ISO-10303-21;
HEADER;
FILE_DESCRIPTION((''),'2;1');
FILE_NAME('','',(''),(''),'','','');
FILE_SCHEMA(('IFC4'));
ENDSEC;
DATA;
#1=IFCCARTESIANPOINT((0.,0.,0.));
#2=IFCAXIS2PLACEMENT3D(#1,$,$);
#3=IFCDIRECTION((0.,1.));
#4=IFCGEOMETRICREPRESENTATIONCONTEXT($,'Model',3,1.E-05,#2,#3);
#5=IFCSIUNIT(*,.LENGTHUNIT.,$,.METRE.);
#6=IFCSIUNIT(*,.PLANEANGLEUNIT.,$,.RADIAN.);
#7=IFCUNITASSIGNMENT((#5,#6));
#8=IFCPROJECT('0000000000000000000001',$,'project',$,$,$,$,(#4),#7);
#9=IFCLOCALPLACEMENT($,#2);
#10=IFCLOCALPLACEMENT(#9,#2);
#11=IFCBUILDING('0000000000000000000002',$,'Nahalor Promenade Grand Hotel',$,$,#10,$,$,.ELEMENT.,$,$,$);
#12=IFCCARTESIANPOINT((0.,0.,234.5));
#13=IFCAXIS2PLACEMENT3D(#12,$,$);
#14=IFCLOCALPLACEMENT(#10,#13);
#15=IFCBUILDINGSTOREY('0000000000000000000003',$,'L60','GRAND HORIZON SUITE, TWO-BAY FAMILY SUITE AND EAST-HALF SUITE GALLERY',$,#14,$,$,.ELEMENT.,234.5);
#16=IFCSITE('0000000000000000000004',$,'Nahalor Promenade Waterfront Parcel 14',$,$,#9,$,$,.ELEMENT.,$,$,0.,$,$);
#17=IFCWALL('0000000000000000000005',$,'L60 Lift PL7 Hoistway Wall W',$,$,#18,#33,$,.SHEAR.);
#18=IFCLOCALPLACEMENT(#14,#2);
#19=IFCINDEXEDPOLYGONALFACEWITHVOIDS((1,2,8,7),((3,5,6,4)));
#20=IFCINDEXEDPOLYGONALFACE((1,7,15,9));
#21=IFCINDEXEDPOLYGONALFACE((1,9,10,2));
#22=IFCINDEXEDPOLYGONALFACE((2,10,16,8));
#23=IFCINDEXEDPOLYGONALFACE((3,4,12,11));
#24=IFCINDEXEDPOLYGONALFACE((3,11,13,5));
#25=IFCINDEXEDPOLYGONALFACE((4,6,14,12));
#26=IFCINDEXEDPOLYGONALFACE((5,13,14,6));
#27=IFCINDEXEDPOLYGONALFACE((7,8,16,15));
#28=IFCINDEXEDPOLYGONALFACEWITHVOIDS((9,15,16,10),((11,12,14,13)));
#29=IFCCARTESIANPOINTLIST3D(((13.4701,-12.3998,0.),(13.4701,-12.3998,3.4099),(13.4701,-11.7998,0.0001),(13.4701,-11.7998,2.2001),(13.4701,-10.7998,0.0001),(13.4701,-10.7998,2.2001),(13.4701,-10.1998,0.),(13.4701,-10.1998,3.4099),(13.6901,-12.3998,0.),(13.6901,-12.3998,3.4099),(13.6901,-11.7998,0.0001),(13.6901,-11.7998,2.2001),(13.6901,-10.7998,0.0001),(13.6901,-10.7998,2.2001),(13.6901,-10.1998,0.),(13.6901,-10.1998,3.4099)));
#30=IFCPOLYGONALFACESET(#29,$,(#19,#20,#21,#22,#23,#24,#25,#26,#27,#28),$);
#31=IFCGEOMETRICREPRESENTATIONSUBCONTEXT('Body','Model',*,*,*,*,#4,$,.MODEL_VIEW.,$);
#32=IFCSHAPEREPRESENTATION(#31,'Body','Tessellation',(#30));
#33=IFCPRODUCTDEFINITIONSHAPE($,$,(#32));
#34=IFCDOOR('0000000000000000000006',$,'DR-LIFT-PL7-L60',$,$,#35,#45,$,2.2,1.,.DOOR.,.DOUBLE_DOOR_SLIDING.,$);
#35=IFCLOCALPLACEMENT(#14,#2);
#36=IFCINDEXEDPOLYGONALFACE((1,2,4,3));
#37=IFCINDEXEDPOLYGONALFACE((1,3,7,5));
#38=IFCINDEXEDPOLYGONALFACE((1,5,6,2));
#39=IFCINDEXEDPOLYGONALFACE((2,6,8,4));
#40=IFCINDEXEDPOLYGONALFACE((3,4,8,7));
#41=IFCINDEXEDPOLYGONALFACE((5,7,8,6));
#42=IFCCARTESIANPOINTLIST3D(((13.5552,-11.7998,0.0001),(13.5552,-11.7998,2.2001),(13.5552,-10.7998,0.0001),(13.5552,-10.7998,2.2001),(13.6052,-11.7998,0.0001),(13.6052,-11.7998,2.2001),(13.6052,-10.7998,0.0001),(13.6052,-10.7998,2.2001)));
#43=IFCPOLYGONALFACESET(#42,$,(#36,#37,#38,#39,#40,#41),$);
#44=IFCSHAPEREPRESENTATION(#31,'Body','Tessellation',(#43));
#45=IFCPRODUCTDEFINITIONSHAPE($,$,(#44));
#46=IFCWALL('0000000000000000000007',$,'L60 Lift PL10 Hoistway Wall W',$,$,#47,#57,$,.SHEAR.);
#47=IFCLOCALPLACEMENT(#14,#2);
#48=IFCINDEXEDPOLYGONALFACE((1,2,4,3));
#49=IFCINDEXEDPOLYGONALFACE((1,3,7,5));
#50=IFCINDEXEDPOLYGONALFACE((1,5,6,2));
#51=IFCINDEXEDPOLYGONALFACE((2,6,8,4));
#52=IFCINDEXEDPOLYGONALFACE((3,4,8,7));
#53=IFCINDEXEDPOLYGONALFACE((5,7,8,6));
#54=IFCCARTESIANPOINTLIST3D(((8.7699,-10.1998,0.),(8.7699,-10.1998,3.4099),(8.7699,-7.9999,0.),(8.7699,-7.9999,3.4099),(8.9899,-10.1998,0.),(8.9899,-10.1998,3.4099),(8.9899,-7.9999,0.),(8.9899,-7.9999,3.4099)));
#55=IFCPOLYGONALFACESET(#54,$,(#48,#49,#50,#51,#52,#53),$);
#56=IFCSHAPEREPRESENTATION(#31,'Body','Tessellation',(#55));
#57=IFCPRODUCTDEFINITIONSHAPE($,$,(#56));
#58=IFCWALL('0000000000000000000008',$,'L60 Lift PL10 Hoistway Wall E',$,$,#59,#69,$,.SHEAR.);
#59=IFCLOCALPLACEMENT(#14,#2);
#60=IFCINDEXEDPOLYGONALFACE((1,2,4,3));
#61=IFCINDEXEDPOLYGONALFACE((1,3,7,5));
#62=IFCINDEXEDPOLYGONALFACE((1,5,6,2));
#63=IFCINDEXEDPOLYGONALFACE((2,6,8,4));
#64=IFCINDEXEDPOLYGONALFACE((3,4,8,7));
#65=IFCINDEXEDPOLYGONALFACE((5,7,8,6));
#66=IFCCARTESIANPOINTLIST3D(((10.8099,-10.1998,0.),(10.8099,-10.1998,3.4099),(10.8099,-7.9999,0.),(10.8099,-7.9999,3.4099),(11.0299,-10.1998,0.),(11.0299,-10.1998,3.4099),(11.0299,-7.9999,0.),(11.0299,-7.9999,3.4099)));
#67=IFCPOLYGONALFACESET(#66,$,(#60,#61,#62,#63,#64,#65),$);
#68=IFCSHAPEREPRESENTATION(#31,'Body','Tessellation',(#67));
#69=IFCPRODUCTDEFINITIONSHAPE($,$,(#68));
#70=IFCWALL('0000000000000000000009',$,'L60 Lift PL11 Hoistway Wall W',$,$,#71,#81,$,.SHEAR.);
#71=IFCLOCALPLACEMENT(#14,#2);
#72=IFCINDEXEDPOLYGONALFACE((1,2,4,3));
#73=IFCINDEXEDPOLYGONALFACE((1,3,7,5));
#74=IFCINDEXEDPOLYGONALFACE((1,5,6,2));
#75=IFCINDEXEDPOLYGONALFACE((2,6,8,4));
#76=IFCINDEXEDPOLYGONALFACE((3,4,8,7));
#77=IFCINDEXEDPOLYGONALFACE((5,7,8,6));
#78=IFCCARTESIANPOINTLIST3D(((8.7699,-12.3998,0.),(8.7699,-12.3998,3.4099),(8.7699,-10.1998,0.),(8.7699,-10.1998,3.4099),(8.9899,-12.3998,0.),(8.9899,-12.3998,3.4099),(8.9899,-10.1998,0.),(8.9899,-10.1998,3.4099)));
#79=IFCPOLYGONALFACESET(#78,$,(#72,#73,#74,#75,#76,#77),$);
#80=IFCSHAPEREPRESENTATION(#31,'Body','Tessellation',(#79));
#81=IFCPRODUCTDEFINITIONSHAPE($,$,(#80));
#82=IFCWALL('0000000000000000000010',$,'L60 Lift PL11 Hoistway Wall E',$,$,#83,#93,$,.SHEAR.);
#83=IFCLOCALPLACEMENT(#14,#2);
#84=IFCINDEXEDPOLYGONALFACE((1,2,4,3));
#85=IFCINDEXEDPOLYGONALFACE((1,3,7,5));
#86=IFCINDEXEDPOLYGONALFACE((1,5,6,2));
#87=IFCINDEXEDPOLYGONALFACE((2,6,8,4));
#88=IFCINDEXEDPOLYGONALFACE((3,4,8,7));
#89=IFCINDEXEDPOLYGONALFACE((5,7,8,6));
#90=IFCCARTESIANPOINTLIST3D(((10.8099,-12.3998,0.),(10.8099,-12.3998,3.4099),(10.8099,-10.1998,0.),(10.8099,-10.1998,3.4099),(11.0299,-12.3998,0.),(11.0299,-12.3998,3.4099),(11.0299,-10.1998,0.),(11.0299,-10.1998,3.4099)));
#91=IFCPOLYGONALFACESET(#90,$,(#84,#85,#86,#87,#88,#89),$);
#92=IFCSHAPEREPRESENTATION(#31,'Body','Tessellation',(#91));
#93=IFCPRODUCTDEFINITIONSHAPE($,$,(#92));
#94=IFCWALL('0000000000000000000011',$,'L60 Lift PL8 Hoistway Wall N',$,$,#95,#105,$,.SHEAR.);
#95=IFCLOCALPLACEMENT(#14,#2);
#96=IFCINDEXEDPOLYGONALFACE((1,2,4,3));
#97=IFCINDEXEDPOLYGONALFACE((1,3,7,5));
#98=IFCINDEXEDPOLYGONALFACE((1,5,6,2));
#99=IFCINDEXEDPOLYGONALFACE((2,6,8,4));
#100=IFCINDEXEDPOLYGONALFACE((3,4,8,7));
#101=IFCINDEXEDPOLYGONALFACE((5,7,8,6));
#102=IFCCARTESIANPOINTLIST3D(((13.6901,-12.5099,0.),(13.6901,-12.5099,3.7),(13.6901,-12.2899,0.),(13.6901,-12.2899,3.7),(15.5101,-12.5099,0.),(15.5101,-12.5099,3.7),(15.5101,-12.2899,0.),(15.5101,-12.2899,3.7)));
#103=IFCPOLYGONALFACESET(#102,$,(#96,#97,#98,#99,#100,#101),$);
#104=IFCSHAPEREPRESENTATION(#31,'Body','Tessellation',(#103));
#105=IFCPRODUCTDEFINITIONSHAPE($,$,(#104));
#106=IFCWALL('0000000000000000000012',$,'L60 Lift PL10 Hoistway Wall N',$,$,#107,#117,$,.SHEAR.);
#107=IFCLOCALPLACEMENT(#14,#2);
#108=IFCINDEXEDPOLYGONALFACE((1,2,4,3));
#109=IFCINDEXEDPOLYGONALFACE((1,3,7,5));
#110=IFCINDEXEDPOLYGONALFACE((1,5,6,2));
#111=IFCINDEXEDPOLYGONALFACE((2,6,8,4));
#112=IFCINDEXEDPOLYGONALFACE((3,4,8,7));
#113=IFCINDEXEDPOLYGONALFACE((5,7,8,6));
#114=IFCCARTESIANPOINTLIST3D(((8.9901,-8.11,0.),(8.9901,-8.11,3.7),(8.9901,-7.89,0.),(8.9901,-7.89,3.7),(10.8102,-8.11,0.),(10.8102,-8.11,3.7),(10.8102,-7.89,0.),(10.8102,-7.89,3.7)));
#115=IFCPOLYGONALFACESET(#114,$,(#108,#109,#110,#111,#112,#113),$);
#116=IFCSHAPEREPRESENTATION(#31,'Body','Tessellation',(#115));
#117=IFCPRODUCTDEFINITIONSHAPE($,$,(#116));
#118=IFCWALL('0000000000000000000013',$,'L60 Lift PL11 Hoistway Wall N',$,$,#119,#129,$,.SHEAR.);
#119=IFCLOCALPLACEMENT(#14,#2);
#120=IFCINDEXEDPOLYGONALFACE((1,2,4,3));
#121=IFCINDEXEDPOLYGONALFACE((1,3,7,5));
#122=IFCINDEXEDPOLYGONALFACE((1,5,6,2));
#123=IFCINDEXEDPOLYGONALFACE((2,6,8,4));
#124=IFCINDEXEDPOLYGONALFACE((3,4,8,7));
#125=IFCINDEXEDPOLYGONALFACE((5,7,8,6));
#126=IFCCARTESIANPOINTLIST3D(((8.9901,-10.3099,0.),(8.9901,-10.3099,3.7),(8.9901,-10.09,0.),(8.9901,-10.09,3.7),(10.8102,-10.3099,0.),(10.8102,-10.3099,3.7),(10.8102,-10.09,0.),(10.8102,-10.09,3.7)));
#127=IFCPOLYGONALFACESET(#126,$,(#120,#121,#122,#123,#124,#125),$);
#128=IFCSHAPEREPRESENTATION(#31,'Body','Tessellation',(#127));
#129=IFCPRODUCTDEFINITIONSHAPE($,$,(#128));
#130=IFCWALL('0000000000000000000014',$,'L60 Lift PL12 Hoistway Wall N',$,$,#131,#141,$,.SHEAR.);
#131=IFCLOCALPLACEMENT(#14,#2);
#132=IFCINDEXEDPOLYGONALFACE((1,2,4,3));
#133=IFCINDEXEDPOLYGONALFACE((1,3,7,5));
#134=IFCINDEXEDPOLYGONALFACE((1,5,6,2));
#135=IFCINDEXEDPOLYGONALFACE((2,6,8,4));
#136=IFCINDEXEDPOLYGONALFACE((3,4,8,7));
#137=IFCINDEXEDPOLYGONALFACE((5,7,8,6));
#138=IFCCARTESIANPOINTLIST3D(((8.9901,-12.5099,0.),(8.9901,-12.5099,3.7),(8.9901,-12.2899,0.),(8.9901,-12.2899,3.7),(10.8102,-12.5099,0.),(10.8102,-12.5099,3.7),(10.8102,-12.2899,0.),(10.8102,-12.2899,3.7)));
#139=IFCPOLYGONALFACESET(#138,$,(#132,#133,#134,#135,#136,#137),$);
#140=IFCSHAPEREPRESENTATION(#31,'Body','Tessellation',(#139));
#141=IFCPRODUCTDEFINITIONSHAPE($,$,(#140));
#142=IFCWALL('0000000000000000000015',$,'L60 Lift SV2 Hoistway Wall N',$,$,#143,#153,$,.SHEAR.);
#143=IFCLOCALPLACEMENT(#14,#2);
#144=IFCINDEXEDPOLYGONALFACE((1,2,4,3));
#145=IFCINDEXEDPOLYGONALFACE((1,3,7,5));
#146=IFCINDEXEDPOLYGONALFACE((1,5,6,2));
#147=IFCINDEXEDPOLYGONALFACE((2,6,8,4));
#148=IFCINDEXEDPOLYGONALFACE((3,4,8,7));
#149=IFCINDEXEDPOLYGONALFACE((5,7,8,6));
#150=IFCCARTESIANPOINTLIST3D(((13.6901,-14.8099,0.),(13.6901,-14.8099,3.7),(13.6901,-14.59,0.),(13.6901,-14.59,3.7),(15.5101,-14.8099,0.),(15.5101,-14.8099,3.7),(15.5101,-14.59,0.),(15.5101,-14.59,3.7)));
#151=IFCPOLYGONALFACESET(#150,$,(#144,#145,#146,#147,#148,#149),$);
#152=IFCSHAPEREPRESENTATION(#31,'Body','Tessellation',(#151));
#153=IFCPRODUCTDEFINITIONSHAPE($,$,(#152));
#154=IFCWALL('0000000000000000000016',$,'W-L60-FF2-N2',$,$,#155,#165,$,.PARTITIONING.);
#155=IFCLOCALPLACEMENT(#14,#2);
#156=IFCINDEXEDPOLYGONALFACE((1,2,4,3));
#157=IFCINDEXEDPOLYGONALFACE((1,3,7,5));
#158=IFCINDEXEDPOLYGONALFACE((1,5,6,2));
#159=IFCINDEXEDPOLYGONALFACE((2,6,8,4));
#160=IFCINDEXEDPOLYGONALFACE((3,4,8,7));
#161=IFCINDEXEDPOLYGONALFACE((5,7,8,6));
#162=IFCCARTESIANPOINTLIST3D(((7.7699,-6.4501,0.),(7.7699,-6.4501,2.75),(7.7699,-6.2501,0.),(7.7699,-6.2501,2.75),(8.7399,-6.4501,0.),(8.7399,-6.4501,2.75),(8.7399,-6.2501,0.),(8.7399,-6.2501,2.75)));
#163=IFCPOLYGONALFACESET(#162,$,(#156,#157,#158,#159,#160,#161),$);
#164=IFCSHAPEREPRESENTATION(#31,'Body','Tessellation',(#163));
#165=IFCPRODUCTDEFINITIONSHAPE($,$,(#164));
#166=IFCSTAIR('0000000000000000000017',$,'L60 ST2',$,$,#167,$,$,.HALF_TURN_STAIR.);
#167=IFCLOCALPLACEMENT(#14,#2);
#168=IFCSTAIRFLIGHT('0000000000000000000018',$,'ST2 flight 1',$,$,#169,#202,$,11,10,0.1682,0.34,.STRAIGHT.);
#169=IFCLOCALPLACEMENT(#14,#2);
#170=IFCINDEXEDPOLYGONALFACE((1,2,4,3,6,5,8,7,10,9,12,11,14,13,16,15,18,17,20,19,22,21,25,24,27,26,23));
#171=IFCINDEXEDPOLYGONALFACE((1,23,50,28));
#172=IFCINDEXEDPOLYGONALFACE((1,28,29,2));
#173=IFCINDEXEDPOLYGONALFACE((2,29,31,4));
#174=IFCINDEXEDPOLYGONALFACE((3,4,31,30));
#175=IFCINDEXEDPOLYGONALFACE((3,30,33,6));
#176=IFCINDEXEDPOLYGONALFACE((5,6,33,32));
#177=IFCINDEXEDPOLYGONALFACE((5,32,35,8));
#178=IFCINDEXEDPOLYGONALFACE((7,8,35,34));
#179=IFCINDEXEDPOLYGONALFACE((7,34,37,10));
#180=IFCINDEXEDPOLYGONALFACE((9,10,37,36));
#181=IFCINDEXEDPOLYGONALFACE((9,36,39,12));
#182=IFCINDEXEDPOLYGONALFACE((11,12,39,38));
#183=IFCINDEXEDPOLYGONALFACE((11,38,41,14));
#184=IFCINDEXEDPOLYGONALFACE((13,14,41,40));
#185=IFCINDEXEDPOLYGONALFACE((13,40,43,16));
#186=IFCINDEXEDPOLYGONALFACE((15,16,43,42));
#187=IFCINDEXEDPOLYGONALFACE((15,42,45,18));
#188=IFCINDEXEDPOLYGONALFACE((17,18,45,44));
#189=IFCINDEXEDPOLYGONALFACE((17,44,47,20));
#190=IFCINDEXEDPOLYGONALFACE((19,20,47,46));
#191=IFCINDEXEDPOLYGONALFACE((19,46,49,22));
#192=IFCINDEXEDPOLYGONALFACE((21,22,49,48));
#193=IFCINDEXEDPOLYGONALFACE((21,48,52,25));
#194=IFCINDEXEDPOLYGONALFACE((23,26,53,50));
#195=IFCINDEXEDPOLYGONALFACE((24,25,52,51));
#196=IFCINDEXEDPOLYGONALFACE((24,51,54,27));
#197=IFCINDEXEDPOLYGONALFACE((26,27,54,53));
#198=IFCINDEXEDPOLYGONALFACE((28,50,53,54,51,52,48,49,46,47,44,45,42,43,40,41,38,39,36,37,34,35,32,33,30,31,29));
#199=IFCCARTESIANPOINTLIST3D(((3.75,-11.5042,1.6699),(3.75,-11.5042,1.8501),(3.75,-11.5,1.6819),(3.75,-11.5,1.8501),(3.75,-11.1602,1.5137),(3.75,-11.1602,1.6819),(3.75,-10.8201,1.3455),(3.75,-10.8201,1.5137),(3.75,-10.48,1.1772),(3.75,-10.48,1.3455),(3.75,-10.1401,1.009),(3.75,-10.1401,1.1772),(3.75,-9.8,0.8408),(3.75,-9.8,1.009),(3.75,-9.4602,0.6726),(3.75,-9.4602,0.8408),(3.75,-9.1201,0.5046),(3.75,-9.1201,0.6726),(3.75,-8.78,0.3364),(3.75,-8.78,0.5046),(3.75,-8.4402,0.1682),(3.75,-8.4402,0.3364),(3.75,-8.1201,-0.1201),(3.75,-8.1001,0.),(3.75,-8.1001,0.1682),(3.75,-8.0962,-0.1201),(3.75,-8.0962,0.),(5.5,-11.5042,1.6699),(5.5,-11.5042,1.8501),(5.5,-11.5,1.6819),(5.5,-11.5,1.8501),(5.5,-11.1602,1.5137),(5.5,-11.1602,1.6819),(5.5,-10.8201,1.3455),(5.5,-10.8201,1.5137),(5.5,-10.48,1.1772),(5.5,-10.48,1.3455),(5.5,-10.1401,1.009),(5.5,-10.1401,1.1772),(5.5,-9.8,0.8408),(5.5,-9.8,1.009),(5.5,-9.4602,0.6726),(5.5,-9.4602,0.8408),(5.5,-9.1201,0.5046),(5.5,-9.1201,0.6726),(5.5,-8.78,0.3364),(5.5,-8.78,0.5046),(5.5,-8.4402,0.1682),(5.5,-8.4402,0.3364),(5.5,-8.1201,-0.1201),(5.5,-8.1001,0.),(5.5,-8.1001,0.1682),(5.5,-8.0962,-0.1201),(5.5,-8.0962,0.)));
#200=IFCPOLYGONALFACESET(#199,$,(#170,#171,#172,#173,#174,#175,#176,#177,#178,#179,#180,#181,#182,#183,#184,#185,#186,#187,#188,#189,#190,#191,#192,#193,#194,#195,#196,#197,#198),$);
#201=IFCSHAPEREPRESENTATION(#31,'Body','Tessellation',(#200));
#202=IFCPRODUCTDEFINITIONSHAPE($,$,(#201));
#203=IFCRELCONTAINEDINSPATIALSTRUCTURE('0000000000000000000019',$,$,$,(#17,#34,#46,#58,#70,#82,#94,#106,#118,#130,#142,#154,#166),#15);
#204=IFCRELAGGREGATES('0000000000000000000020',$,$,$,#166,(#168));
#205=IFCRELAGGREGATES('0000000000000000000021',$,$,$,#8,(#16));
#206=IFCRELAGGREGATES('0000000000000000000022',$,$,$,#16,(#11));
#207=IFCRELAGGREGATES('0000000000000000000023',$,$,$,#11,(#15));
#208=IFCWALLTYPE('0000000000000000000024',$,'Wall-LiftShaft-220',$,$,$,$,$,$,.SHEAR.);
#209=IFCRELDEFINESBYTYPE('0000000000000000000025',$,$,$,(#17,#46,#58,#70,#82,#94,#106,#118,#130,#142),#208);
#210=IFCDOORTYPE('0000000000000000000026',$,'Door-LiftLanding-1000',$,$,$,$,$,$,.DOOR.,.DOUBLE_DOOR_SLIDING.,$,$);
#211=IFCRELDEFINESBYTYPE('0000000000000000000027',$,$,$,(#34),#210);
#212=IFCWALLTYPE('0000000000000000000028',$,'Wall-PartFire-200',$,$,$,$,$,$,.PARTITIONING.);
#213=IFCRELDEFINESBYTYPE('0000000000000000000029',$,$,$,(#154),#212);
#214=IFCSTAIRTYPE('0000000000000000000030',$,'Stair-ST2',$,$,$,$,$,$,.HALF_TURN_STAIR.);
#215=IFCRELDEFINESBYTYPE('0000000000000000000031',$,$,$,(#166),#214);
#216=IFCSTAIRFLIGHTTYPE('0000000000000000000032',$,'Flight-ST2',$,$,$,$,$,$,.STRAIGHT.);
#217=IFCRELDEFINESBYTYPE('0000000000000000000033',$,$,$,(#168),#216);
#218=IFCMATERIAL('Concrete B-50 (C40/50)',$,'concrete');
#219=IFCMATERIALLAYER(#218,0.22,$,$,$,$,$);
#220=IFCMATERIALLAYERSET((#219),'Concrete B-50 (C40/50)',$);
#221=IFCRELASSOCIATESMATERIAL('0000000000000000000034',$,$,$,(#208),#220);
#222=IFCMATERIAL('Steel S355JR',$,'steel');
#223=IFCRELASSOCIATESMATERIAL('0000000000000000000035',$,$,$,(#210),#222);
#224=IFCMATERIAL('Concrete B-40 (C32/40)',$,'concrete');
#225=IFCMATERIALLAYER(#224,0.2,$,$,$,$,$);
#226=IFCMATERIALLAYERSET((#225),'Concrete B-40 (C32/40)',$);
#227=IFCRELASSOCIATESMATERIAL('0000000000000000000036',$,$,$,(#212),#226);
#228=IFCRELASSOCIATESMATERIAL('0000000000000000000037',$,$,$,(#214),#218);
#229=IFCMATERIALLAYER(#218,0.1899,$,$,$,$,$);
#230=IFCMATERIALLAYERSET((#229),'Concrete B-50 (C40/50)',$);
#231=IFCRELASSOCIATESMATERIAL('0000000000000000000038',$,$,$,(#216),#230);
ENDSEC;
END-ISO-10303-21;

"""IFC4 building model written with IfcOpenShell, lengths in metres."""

from ifc_helpers import new_model, si_unit, direction, frame, frame_2d, origin, place, context, subcontext, project, spatial, polyline, rectangle, outline, extrude, source, transform, mapped, material, layer, layer_set, type_object, element, fill, aggregate, save


model = new_model("IFC4")

# Units and contexts
model_context = context("Model", 3, precision=1e-05, world=origin(), true_north=direction((0.0, 1.0)))
body_context = subcontext(model_context, "Body", "Model", "MODEL_VIEW")
ifc_project = project(units=[si_unit("LENGTHUNIT", "METRE"), si_unit("PLANEANGLEUNIT", "RADIAN")], contexts=[model_context])

# Site, building, storey
site_placement = place(None, origin())
site = spatial("IfcSite", under=ifc_project, at=site_placement, Name="Nahalor Promenade Waterfront Parcel 14", CompositionType="ELEMENT", RefElevation=0.0)
building_placement = place(site_placement, origin())
building = spatial("IfcBuilding", under=site, at=building_placement, Name="Nahalor Promenade Grand Hotel", CompositionType="ELEMENT")
storey_placement = place(building_placement, frame((0.0, 0.0, 234.5)))
storey = spatial("IfcBuildingStorey", under=building, at=storey_placement, Name="L60", Description="GRAND HORIZON SUITE, TWO-BAY FAMILY SUITE AND EAST-HALF SUITE GALLERY", CompositionType="ELEMENT", Elevation=234.5)

# Shared definitions
ifc_material_1 = material(Name="Steel S355JR", Category="steel")

# Shared definitions
ifc_material_2 = material(Name="Concrete B-50 (C40/50)", Category="concrete")
ifc_layer_1 = layer(ifc_material_2, 0.22)
ifc_layer_set_1 = layer_set([ifc_layer_1], Name="Concrete B-50 (C40/50)")
wall_type_1 = type_object("IfcWallType", Name="Wall-LiftShaft-220", PredefinedType="SHEAR", material=ifc_layer_set_1)
door_type = type_object("IfcDoorType", Name="Door-LiftLanding-1000", OperationType="DOUBLE_DOOR_SLIDING", PredefinedType="DOOR", material=ifc_material_1)
shared_shape_1 = source(origin(), body_context, "Body", "SweptSolid", [
    extrude(rectangle(XDim=1.0, YDim=2.2, at=frame_2d((0.5, 1.1001))), frame((0.0, 0.0249, 0.0), z_axis=(0.0, -1.0, 0.0), x_axis=(1.0, 0.0, 0.0)), (0.0, 0.0, 1.0), 0.05),
])

# Wall, opening, door
shared_shape_2 = source(origin(), body_context, "Body", "SweptSolid", [
    extrude(rectangle(XDim=2.2, YDim=0.22, at=frame_2d((1.1001, 0.0))), origin(), (0.0, 0.0, 1.0), 3.4099),
])
wall_1_placement = place(storey_placement, frame((13.5801, -12.3999, 0.0), z_axis=(0.0, 0.0, 1.0), x_axis=(0.0, 1.0, 0.0)))
wall_1 = element("IfcWall", 1, at=wall_1_placement, inside=storey, type_object=wall_type_1, Name="L60 Lift PL7 Hoistway Wall W", PredefinedType="SHEAR", context=body_context, shape_type="MappedRepresentation", body=[
    mapped(shared_shape_2, transform((0.0, 0.0, 0.0), scale=1.0)),
])
opening_1_placement = place(wall_1_placement, frame((0.6001, 0.0, 0.0)))
opening_1 = element("IfcOpeningElement", 2, at=opening_1_placement, cuts=wall_1, PredefinedType="OPENING", context=body_context, shape_type="SweptSolid", body=[
    extrude(rectangle(XDim=1.0, YDim=2.2, at=frame_2d((0.5, 1.1001))), frame((0.0, 0.1199, 0.0), z_axis=(0.0, -1.0, 0.0), x_axis=(1.0, 0.0, 0.0)), (0.0, 0.0, 1.0), 0.24),
])
door_1_placement = place(opening_1_placement, origin())
door_1 = element("IfcDoor", 3, at=door_1_placement, inside=storey, type_object=door_type, Name="DR-LIFT-PL7-L60", OperationType="DOUBLE_DOOR_SLIDING", OverallHeight=2.2, OverallWidth=1.0, PredefinedType="DOOR", context=body_context, shape_type="MappedRepresentation", body=[
    mapped(shared_shape_1, transform((0.0, 0.0, 0.0), scale=1.0)),
])
fill(opening_1, door_1)

# Walls
for number, where, z_axis, x_axis, name in (
    (4, (8.8799, -10.2, 0.0), (0.0, 0.0, 1.0), (0.0, 1.0, 0.0), "L60 Lift PL10 Hoistway Wall W"),
    (5, (10.9199, -10.2, 0.0), (0.0, 0.0, 1.0), (0.0, 1.0, 0.0), "L60 Lift PL10 Hoistway Wall E"),
    (6, (8.8799, -12.3999, 0.0), (0.0, 0.0, 1.0), (0.0, 1.0, 0.0), "L60 Lift PL11 Hoistway Wall W"),
    (7, (10.9199, -12.3999, 0.0), (0.0, 0.0, 1.0), (0.0, 1.0, 0.0), "L60 Lift PL11 Hoistway Wall E"),
):
    element("IfcWall", number, at=place(storey_placement, frame(where, z_axis=z_axis, x_axis=x_axis)), inside=storey, type_object=wall_type_1, Name=name, PredefinedType="SHEAR", context=body_context, shape_type="MappedRepresentation", body=[
        mapped(shared_shape_2, transform((0.0, 0.0, 0.0), scale=1.0)),
    ])
shared_shape_3 = source(origin(), body_context, "Body", "SweptSolid", [
    extrude(rectangle(XDim=1.8201, YDim=0.22, at=frame_2d((0.9102, 0.0))), origin(), (0.0, 0.0, 1.0), 3.7),
])
for number, where, z_axis, x_axis, name in (
    (8, (13.6899, -12.3999, 0.0), (0.0, 0.0, 1.0), (1.0, 0.0, 0.0), "L60 Lift PL8 Hoistway Wall N"),
    (9, (8.99, -8.0, 0.0), (0.0, 0.0, 1.0), (1.0, 0.0, 0.0), "L60 Lift PL10 Hoistway Wall N"),
    (10, (8.99, -10.2, 0.0), (0.0, 0.0, 1.0), (1.0, 0.0, 0.0), "L60 Lift PL11 Hoistway Wall N"),
    (11, (8.99, -12.3999, 0.0), (0.0, 0.0, 1.0), (1.0, 0.0, 0.0), "L60 Lift PL12 Hoistway Wall N"),
    (12, (13.6899, -14.7, 0.0), (0.0, 0.0, 1.0), (1.0, 0.0, 0.0), "L60 Lift SV2 Hoistway Wall N"),
):
    element("IfcWall", number, at=place(storey_placement, frame(where, z_axis=z_axis, x_axis=x_axis)), inside=storey, type_object=wall_type_1, Name=name, PredefinedType="SHEAR", context=body_context, shape_type="MappedRepresentation", body=[
        mapped(shared_shape_3, transform((0.0, 0.0, 0.0), scale=1.0)),
    ])
ifc_material_3 = material(Name="Concrete B-40 (C32/40)", Category="concrete")
ifc_layer_2 = layer(ifc_material_3, 0.2)
ifc_layer_set_2 = layer_set([ifc_layer_2], Name="Concrete B-40 (C32/40)")
wall_type_2 = type_object("IfcWallType", Name="Wall-PartFire-200", PredefinedType="PARTITIONING", material=ifc_layer_set_2)
shared_shape_4 = source(origin(), body_context, "Body", "SweptSolid", [
    extrude(rectangle(XDim=0.97, YDim=0.2, at=frame_2d((0.4849, 0.0))), origin(), (0.0, 0.0, 1.0), 2.75),
])
wall_2_placement = place(storey_placement, frame((7.77, -6.3501, 0.0), z_axis=(0.0, 0.0, 1.0), x_axis=(1.0, 0.0, 0.0)))
element("IfcWall", 13, at=wall_2_placement, inside=storey, type_object=wall_type_2, Name="W-L60-FF2-N2", PredefinedType="PARTITIONING", context=body_context, shape_type="MappedRepresentation", body=[
    mapped(shared_shape_4, transform((0.0, 0.0, 0.0), scale=1.0)),
])

# Stair, stair flight
stair_type = type_object("IfcStairType", Name="Stair-ST2", PredefinedType="HALF_TURN_STAIR", material=ifc_material_2)
stair_placement = place(storey_placement, origin())
stair = element("IfcStair", 14, at=stair_placement, inside=storey, type_object=stair_type, Name="L60 ST2", PredefinedType="HALF_TURN_STAIR")
ifc_layer_3 = layer(ifc_material_2, 0.1899)
ifc_layer_set_3 = layer_set([ifc_layer_3], Name="Concrete B-50 (C40/50)")
stair_flight_type = type_object("IfcStairFlightType", Name="Flight-ST2", PredefinedType="STRAIGHT", material=ifc_layer_set_3)
shared_shape_5 = source(origin(), body_context, "Body", "SweptSolid", [
    extrude(outline(polyline([(-0.0039, -0.1201), (-0.0039, 0.0), (0.0, 0.0), (0.0, 0.1682), (0.3401, 0.1682), (0.3401, 0.3364), (0.6799, 0.3364), (0.6799, 0.5046), (1.02, 0.5046), (1.02, 0.6726), (1.3601, 0.6726), (1.3601, 0.8408), (1.7, 0.8408), (1.7, 1.009), (2.04, 1.009), (2.04, 1.1772), (2.3799, 1.1772), (2.3799, 1.3455), (2.72, 1.3455), (2.72, 1.5137), (3.0601, 1.5137), (3.0601, 1.6819), (3.3999, 1.6819), (3.3999, 1.8501), (3.4041, 1.8501), (3.4041, 1.6699), (0.02, -0.1201), (-0.0039, -0.1201)])), frame((0.0, 0.875, 0.0), z_axis=(0.0, -1.0, 0.0), x_axis=(1.0, 0.0, 0.0)), (0.0, 0.0, 1.0), 1.75),
])
stair_flight_1_placement = place(storey_placement, frame((4.625, -8.1001, 0.0), z_axis=(0.0, 0.0, 1.0), x_axis=(0.0, -1.0, 0.0)))
stair_flight_1 = element("IfcStairFlight", 15, at=stair_flight_1_placement, type_object=stair_flight_type, Name="ST2 flight 1", NumberOfRisers=11, NumberOfTreads=10, PredefinedType="STRAIGHT", RiserHeight=0.1682, TreadLength=0.34, context=body_context, shape_type="MappedRepresentation", body=[
    mapped(shared_shape_5, transform((0.0, 0.0, 0.0), scale=1.0)),
])
aggregate(stair, [stair_flight_1])

save(model, "model.ifc")
